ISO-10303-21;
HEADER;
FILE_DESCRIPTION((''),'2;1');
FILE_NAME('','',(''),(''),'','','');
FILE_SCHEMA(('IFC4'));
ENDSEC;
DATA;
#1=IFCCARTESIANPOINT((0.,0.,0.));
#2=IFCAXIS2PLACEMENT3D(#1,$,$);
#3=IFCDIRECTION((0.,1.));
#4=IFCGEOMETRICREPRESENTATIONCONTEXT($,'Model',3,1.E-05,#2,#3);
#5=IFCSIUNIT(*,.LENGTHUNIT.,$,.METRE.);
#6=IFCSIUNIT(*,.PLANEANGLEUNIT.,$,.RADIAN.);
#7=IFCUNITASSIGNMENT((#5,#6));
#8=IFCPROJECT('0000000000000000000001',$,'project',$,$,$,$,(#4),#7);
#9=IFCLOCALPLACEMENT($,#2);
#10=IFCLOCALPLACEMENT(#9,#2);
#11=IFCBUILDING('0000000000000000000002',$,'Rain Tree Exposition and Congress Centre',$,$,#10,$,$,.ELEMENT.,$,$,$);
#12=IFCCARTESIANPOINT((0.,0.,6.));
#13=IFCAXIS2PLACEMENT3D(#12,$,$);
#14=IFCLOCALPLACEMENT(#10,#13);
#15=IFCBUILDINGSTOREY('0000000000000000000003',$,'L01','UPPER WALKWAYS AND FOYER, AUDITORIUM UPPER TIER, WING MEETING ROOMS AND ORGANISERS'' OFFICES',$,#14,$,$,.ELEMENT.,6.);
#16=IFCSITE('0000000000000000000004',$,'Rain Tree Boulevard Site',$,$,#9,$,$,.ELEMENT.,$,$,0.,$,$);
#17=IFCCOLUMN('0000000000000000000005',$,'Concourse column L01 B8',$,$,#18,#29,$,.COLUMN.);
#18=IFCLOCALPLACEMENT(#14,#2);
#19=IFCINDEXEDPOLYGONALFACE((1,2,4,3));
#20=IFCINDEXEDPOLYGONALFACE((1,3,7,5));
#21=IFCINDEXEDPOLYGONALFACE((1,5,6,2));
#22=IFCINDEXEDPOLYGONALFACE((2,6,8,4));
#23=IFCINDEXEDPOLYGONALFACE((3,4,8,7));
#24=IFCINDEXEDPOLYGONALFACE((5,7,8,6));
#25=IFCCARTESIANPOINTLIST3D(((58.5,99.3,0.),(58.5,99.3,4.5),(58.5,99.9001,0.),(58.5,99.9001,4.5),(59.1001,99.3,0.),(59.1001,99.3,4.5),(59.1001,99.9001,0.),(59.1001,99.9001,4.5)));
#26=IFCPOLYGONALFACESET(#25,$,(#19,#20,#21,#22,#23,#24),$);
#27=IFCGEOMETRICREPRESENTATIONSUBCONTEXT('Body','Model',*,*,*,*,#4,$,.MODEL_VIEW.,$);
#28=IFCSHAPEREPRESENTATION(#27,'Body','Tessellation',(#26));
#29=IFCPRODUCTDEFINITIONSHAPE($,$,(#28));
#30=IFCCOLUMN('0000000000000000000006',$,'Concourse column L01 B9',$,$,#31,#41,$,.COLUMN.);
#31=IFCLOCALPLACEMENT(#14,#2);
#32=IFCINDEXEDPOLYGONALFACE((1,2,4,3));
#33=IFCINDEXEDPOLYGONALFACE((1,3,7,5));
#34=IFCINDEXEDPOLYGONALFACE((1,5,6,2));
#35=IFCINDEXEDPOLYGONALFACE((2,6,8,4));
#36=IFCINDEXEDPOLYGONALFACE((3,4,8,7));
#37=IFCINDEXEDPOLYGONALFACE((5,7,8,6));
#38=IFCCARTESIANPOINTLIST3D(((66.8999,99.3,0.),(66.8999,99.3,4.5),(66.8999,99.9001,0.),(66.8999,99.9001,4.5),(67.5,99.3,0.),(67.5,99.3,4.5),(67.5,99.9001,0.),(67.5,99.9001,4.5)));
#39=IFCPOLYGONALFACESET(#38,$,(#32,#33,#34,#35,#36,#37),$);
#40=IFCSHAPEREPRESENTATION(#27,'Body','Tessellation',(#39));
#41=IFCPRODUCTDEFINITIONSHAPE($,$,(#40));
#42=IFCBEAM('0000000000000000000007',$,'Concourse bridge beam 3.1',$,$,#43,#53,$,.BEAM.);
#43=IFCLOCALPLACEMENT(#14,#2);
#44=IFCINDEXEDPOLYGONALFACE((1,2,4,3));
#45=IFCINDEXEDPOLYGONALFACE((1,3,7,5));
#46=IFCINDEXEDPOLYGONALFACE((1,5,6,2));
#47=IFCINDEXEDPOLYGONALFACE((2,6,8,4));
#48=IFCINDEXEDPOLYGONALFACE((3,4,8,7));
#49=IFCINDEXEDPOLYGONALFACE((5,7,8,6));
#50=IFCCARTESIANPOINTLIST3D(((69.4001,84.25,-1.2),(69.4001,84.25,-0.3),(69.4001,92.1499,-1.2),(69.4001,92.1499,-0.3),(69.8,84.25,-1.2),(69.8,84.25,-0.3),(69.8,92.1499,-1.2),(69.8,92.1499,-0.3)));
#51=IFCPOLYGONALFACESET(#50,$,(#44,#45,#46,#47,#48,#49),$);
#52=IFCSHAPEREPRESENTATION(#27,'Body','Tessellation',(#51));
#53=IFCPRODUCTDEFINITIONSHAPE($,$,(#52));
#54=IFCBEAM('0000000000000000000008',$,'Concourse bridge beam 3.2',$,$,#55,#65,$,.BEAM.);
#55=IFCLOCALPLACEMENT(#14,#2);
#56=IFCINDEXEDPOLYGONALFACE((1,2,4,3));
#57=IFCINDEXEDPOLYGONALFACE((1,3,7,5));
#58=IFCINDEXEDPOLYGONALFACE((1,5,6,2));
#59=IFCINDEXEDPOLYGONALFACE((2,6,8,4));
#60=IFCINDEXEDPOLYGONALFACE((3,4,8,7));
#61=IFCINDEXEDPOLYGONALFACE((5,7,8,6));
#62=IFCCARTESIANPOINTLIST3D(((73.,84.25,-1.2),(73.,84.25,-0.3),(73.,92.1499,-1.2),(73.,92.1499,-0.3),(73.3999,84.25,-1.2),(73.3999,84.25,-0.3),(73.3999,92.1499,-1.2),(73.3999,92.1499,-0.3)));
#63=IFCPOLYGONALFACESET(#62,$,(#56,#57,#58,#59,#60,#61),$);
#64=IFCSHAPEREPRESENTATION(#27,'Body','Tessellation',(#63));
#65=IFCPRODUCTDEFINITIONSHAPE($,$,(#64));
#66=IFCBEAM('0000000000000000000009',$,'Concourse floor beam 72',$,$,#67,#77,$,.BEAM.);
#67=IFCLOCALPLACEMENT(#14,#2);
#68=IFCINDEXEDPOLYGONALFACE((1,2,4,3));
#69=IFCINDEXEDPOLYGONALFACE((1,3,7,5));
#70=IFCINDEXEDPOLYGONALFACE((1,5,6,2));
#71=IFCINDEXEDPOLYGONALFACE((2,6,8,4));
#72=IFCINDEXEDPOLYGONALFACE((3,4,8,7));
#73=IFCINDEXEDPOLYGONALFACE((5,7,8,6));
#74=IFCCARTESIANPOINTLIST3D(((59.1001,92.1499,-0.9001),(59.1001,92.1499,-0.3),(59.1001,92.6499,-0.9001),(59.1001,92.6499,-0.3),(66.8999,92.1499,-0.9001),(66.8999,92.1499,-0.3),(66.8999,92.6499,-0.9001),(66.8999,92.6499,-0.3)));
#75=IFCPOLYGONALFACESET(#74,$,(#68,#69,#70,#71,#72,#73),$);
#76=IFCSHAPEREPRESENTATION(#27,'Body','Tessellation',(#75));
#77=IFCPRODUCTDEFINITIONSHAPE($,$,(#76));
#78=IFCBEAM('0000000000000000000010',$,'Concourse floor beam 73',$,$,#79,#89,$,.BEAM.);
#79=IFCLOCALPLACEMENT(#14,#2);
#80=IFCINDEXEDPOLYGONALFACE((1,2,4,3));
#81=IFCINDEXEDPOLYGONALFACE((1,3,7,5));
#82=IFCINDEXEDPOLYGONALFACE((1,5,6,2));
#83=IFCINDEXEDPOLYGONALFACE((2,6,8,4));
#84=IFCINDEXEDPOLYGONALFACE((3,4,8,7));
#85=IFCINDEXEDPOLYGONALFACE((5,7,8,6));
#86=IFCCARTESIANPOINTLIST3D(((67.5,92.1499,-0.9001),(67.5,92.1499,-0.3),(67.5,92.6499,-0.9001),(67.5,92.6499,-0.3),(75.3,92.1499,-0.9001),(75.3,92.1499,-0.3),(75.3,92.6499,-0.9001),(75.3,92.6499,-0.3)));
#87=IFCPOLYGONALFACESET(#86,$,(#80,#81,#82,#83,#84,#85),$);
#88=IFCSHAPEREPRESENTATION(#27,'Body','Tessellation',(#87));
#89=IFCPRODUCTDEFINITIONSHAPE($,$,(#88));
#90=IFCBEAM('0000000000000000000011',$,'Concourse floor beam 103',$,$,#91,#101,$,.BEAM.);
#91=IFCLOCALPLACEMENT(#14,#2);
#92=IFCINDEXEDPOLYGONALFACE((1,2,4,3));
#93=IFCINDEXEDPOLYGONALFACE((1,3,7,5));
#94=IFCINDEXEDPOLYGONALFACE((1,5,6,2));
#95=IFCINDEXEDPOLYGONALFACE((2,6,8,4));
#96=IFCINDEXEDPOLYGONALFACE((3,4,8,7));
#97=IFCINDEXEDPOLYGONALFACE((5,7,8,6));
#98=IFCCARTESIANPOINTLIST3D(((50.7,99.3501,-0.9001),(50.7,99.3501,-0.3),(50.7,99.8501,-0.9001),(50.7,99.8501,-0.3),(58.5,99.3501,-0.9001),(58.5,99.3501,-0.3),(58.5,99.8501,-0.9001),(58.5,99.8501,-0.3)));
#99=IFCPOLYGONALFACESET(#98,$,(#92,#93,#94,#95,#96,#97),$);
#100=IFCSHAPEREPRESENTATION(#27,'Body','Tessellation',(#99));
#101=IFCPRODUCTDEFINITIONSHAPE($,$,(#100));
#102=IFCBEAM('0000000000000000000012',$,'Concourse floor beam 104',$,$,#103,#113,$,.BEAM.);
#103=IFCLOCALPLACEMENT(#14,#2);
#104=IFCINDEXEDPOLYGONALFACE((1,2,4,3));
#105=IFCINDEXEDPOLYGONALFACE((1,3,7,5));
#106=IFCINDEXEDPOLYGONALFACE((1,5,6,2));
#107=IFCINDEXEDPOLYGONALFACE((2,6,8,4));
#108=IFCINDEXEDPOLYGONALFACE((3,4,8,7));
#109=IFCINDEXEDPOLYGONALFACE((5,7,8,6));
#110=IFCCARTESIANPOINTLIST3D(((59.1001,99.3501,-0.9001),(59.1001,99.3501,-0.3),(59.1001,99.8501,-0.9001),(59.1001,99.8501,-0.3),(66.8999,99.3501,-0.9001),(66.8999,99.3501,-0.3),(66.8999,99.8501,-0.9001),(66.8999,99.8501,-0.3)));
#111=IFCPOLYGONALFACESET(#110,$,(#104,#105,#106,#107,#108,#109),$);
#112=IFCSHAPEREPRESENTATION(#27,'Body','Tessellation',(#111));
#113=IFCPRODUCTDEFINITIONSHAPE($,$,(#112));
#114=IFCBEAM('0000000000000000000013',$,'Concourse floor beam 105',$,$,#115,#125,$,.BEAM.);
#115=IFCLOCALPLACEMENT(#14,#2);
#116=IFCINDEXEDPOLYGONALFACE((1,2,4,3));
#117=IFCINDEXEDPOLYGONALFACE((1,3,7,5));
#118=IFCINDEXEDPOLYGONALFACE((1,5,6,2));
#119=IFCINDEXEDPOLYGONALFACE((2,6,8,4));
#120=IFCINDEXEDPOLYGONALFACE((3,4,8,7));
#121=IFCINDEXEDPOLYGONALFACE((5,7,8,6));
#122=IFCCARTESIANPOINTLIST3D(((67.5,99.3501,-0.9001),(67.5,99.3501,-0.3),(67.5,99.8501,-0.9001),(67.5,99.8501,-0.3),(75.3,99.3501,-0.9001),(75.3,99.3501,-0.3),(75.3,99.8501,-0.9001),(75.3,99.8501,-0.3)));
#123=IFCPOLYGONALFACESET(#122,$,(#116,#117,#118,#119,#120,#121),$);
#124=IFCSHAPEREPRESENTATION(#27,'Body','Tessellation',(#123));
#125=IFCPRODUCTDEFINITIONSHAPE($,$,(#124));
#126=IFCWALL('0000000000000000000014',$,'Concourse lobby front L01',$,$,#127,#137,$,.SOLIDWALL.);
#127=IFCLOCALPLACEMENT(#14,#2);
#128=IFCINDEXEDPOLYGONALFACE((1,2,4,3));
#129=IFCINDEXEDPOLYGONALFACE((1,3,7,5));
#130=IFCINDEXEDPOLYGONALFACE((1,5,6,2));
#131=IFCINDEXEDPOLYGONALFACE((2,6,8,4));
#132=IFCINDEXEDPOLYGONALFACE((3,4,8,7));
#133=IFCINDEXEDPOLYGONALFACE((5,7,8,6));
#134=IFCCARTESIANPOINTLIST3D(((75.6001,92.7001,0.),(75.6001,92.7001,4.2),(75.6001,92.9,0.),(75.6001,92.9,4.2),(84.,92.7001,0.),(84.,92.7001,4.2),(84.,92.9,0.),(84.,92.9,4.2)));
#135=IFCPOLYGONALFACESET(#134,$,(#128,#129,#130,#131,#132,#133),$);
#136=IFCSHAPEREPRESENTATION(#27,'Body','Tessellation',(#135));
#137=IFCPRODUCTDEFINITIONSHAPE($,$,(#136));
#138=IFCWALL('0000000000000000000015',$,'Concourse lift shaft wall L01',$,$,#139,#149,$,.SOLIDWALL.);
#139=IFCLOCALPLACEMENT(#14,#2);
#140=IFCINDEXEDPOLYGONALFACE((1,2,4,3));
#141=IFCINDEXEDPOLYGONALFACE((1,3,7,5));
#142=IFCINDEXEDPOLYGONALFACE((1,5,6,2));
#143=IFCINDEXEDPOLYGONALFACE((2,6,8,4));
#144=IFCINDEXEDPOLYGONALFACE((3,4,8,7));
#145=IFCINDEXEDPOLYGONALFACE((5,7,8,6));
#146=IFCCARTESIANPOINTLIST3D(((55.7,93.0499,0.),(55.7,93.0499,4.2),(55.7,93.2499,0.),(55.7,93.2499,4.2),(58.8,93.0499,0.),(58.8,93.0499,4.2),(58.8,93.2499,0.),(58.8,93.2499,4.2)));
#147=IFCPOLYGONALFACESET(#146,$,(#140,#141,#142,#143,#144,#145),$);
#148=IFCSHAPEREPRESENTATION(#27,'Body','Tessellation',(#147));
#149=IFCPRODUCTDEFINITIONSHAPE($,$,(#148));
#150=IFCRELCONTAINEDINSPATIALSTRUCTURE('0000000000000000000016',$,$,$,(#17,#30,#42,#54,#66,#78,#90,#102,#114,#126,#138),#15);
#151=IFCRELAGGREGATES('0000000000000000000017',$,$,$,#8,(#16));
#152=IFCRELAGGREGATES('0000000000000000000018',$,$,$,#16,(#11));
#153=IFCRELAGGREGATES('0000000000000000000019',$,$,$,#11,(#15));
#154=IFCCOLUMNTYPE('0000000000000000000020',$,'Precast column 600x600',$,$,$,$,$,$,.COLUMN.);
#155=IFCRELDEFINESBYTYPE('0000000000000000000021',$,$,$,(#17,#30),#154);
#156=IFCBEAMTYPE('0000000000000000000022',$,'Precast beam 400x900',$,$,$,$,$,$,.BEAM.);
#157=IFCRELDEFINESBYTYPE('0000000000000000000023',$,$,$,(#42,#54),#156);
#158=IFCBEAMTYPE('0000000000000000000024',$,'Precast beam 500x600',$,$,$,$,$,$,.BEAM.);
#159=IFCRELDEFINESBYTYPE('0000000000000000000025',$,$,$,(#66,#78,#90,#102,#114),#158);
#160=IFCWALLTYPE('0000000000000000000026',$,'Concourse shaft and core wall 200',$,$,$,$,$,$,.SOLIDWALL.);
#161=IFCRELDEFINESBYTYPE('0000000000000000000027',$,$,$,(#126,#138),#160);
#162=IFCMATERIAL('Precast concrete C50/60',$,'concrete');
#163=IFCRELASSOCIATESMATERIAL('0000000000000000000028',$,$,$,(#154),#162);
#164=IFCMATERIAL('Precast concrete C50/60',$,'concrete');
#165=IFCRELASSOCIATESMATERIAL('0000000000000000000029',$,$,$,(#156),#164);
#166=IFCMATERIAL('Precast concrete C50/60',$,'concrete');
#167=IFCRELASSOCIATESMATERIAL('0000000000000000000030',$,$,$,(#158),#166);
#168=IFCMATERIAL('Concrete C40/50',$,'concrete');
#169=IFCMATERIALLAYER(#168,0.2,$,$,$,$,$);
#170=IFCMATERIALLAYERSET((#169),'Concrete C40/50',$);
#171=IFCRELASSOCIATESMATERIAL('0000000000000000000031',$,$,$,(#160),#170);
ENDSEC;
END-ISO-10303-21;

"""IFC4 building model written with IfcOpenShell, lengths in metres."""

from ifc_helpers import new_model, si_unit, direction, frame, frame_2d, origin, origin_2d, place, context, subcontext, project, spatial, rectangle, extrude, material, layer, layer_set, material_profile, profile_set, type_object, element, save


model = new_model("IFC4")

# Units and contexts
model_context = context("Model", 3, precision=1e-05, world=origin(), true_north=direction((0.0, 1.0)))
body_context = subcontext(model_context, "Body", "Model", "MODEL_VIEW")
ifc_project = project(units=[si_unit("LENGTHUNIT", "METRE"), si_unit("PLANEANGLEUNIT", "RADIAN")], contexts=[model_context])

# Site, building, storey
site_placement = place(None, origin())
site = spatial("IfcSite", under=ifc_project, at=site_placement, Name="Rain Tree Boulevard Site", CompositionType="ELEMENT", RefElevation=0.0)
building_placement = place(site_placement, origin())
building = spatial("IfcBuilding", under=site, at=building_placement, Name="Rain Tree Exposition and Congress Centre", CompositionType="ELEMENT")
storey_placement = place(building_placement, frame((0.0, 0.0, 6.0)))
storey = spatial("IfcBuildingStorey", under=building, at=storey_placement, Name="L01", Description="UPPER WALKWAYS AND FOYER, AUDITORIUM UPPER TIER, WING MEETING ROOMS AND ORGANISERS' OFFICES", CompositionType="ELEMENT", Elevation=6.0)

# Columns
ifc_material_1 = material(Name="Precast concrete C50/60", Category="concrete")
ifc_material_profile_1 = material_profile(ifc_material_1, rectangle(XDim=0.6001, YDim=0.6001, at=origin_2d()), Name="RC 600x600")
ifc_profile_set_1 = profile_set([ifc_material_profile_1], Name="Precast concrete C50/60")
column_type = type_object("IfcColumnType", Name="Precast column 600x600", PredefinedType="COLUMN", material=ifc_profile_set_1)
for number, where, z_axis, x_axis, name in (
    (1, (58.8, 99.6001, 0.0), (0.0, 0.0, 1.0), (1.0, 0.0, 0.0), "Concourse column L01 B8"),
    (2, (67.2, 99.6001, 0.0), (0.0, 0.0, 1.0), (1.0, 0.0, 0.0), "Concourse column L01 B9"),
):
    element("IfcColumn", number, at=place(storey_placement, frame(where, z_axis=z_axis, x_axis=x_axis)), inside=storey, type_object=column_type, Name=name, PredefinedType="COLUMN", context=body_context, shape_type="SweptSolid", body=[
        extrude(rectangle(XDim=0.6001, YDim=0.6001, at=origin_2d()), origin(), (0.0, 0.0, 1.0), 4.5),
    ])

# Beams
ifc_material_2 = material(Name="Precast concrete C50/60", Category="concrete")
ifc_material_profile_2 = material_profile(ifc_material_2, rectangle(XDim=0.3999, YDim=0.8999, at=origin_2d()), Name="RC 400x900")
ifc_profile_set_2 = profile_set([ifc_material_profile_2], Name="Precast concrete C50/60")
beam_type_1 = type_object("IfcBeamType", Name="Precast beam 400x900", PredefinedType="BEAM", material=ifc_profile_set_2)
for number, where, z_axis, x_axis, name in (
    (3, (69.6001, 84.25, -0.75), (0.0, 1.0, 0.0), (-1.0, 0.0, 0.0), "Concourse bridge beam 3.1"),
    (4, (73.2, 84.25, -0.75), (0.0, 1.0, 0.0), (-1.0, 0.0, 0.0), "Concourse bridge beam 3.2"),
):
    element("IfcBeam", number, at=place(storey_placement, frame(where, z_axis=z_axis, x_axis=x_axis)), inside=storey, type_object=beam_type_1, Name=name, PredefinedType="BEAM", context=body_context, shape_type="SweptSolid", body=[
        extrude(rectangle(XDim=0.3999, YDim=0.8999, at=origin_2d()), origin(), (0.0, 0.0, 1.0), 7.8999),
    ])
ifc_material_3 = material(Name="Precast concrete C50/60", Category="concrete")
ifc_material_profile_3 = material_profile(ifc_material_3, rectangle(XDim=0.5, YDim=0.6001, at=origin_2d()), Name="RC 500x600")
ifc_profile_set_3 = profile_set([ifc_material_profile_3], Name="Precast concrete C50/60")
beam_type_2 = type_object("IfcBeamType", Name="Precast beam 500x600", PredefinedType="BEAM", material=ifc_profile_set_3)
beam_1_placement = place(storey_placement, frame((59.1001, 92.3999, -0.6001), z_axis=(1.0, 0.0, 0.0), x_axis=(0.0, 1.0, 0.0)))
element("IfcBeam", 5, at=beam_1_placement, inside=storey, type_object=beam_type_2, Name="Concourse floor beam 72", PredefinedType="BEAM", context=body_context, shape_type="SweptSolid", body=[
    extrude(rectangle(XDim=0.5, YDim=0.6001, at=origin_2d()), origin(), (0.0, 0.0, 1.0), 7.7998),
])
for number, where, z_axis, x_axis, name in (
    (6, (67.5, 92.3999, -0.6001), (1.0, 0.0, 0.0), (0.0, 1.0, 0.0), "Concourse floor beam 73"),
    (7, (50.7, 99.6001, -0.6001), (1.0, 0.0, 0.0), (0.0, 1.0, 0.0), "Concourse floor beam 103"),
):
    element("IfcBeam", number, at=place(storey_placement, frame(where, z_axis=z_axis, x_axis=x_axis)), inside=storey, type_object=beam_type_2, Name=name, PredefinedType="BEAM", context=body_context, shape_type="SweptSolid", body=[
        extrude(rectangle(XDim=0.5, YDim=0.6001, at=origin_2d()), origin(), (0.0, 0.0, 1.0), 7.8),
    ])
beam_2_placement = place(storey_placement, frame((59.1001, 99.6001, -0.6001), z_axis=(1.0, 0.0, 0.0), x_axis=(0.0, 1.0, 0.0)))
element("IfcBeam", 8, at=beam_2_placement, inside=storey, type_object=beam_type_2, Name="Concourse floor beam 104", PredefinedType="BEAM", context=body_context, shape_type="SweptSolid", body=[
    extrude(rectangle(XDim=0.5, YDim=0.6001, at=origin_2d()), origin(), (0.0, 0.0, 1.0), 7.7998),
])
beam_3_placement = place(storey_placement, frame((67.5, 99.6001, -0.6001), z_axis=(1.0, 0.0, 0.0), x_axis=(0.0, 1.0, 0.0)))
element("IfcBeam", 9, at=beam_3_placement, inside=storey, type_object=beam_type_2, Name="Concourse floor beam 105", PredefinedType="BEAM", context=body_context, shape_type="SweptSolid", body=[
    extrude(rectangle(XDim=0.5, YDim=0.6001, at=origin_2d()), origin(), (0.0, 0.0, 1.0), 7.8),
])

# Wall
ifc_material_4 = material(Name="Concrete C40/50", Category="concrete")
ifc_layer_1 = layer(ifc_material_4, 0.2)
ifc_layer_set_1 = layer_set([ifc_layer_1], Name="Concrete C40/50")
wall_type_1 = type_object("IfcWallType", Name="Concourse shaft and core wall 200", PredefinedType="SOLIDWALL", material=ifc_layer_set_1)
wall_1_placement = place(storey_placement, frame((75.6001, 92.8, 0.0), z_axis=(0.0, 0.0, 1.0), x_axis=(1.0, 0.0, 0.0)))
element("IfcWall", 10, at=wall_1_placement, inside=storey, type_object=wall_type_1, Name="Concourse lobby front L01", PredefinedType="SOLIDWALL", context=body_context, shape_type="SweptSolid", body=[
    extrude(rectangle(XDim=8.3999, YDim=0.2, at=frame_2d((4.2, 0.0))), origin(), (0.0, 0.0, 1.0), 4.2),
])

# Wall
wall_2_placement = place(storey_placement, frame((55.7, 93.1499, 0.0), z_axis=(0.0, 0.0, 1.0), x_axis=(1.0, 0.0, 0.0)))
element("IfcWall", 11, at=wall_2_placement, inside=storey, type_object=wall_type_1, Name="Concourse lift shaft wall L01", PredefinedType="SOLIDWALL", context=body_context, shape_type="SweptSolid", body=[
    extrude(rectangle(XDim=3.1001, YDim=0.2, at=frame_2d((1.55, 0.0))), origin(), (0.0, 0.0, 1.0), 4.2),
])

save(model, "model.ifc")
